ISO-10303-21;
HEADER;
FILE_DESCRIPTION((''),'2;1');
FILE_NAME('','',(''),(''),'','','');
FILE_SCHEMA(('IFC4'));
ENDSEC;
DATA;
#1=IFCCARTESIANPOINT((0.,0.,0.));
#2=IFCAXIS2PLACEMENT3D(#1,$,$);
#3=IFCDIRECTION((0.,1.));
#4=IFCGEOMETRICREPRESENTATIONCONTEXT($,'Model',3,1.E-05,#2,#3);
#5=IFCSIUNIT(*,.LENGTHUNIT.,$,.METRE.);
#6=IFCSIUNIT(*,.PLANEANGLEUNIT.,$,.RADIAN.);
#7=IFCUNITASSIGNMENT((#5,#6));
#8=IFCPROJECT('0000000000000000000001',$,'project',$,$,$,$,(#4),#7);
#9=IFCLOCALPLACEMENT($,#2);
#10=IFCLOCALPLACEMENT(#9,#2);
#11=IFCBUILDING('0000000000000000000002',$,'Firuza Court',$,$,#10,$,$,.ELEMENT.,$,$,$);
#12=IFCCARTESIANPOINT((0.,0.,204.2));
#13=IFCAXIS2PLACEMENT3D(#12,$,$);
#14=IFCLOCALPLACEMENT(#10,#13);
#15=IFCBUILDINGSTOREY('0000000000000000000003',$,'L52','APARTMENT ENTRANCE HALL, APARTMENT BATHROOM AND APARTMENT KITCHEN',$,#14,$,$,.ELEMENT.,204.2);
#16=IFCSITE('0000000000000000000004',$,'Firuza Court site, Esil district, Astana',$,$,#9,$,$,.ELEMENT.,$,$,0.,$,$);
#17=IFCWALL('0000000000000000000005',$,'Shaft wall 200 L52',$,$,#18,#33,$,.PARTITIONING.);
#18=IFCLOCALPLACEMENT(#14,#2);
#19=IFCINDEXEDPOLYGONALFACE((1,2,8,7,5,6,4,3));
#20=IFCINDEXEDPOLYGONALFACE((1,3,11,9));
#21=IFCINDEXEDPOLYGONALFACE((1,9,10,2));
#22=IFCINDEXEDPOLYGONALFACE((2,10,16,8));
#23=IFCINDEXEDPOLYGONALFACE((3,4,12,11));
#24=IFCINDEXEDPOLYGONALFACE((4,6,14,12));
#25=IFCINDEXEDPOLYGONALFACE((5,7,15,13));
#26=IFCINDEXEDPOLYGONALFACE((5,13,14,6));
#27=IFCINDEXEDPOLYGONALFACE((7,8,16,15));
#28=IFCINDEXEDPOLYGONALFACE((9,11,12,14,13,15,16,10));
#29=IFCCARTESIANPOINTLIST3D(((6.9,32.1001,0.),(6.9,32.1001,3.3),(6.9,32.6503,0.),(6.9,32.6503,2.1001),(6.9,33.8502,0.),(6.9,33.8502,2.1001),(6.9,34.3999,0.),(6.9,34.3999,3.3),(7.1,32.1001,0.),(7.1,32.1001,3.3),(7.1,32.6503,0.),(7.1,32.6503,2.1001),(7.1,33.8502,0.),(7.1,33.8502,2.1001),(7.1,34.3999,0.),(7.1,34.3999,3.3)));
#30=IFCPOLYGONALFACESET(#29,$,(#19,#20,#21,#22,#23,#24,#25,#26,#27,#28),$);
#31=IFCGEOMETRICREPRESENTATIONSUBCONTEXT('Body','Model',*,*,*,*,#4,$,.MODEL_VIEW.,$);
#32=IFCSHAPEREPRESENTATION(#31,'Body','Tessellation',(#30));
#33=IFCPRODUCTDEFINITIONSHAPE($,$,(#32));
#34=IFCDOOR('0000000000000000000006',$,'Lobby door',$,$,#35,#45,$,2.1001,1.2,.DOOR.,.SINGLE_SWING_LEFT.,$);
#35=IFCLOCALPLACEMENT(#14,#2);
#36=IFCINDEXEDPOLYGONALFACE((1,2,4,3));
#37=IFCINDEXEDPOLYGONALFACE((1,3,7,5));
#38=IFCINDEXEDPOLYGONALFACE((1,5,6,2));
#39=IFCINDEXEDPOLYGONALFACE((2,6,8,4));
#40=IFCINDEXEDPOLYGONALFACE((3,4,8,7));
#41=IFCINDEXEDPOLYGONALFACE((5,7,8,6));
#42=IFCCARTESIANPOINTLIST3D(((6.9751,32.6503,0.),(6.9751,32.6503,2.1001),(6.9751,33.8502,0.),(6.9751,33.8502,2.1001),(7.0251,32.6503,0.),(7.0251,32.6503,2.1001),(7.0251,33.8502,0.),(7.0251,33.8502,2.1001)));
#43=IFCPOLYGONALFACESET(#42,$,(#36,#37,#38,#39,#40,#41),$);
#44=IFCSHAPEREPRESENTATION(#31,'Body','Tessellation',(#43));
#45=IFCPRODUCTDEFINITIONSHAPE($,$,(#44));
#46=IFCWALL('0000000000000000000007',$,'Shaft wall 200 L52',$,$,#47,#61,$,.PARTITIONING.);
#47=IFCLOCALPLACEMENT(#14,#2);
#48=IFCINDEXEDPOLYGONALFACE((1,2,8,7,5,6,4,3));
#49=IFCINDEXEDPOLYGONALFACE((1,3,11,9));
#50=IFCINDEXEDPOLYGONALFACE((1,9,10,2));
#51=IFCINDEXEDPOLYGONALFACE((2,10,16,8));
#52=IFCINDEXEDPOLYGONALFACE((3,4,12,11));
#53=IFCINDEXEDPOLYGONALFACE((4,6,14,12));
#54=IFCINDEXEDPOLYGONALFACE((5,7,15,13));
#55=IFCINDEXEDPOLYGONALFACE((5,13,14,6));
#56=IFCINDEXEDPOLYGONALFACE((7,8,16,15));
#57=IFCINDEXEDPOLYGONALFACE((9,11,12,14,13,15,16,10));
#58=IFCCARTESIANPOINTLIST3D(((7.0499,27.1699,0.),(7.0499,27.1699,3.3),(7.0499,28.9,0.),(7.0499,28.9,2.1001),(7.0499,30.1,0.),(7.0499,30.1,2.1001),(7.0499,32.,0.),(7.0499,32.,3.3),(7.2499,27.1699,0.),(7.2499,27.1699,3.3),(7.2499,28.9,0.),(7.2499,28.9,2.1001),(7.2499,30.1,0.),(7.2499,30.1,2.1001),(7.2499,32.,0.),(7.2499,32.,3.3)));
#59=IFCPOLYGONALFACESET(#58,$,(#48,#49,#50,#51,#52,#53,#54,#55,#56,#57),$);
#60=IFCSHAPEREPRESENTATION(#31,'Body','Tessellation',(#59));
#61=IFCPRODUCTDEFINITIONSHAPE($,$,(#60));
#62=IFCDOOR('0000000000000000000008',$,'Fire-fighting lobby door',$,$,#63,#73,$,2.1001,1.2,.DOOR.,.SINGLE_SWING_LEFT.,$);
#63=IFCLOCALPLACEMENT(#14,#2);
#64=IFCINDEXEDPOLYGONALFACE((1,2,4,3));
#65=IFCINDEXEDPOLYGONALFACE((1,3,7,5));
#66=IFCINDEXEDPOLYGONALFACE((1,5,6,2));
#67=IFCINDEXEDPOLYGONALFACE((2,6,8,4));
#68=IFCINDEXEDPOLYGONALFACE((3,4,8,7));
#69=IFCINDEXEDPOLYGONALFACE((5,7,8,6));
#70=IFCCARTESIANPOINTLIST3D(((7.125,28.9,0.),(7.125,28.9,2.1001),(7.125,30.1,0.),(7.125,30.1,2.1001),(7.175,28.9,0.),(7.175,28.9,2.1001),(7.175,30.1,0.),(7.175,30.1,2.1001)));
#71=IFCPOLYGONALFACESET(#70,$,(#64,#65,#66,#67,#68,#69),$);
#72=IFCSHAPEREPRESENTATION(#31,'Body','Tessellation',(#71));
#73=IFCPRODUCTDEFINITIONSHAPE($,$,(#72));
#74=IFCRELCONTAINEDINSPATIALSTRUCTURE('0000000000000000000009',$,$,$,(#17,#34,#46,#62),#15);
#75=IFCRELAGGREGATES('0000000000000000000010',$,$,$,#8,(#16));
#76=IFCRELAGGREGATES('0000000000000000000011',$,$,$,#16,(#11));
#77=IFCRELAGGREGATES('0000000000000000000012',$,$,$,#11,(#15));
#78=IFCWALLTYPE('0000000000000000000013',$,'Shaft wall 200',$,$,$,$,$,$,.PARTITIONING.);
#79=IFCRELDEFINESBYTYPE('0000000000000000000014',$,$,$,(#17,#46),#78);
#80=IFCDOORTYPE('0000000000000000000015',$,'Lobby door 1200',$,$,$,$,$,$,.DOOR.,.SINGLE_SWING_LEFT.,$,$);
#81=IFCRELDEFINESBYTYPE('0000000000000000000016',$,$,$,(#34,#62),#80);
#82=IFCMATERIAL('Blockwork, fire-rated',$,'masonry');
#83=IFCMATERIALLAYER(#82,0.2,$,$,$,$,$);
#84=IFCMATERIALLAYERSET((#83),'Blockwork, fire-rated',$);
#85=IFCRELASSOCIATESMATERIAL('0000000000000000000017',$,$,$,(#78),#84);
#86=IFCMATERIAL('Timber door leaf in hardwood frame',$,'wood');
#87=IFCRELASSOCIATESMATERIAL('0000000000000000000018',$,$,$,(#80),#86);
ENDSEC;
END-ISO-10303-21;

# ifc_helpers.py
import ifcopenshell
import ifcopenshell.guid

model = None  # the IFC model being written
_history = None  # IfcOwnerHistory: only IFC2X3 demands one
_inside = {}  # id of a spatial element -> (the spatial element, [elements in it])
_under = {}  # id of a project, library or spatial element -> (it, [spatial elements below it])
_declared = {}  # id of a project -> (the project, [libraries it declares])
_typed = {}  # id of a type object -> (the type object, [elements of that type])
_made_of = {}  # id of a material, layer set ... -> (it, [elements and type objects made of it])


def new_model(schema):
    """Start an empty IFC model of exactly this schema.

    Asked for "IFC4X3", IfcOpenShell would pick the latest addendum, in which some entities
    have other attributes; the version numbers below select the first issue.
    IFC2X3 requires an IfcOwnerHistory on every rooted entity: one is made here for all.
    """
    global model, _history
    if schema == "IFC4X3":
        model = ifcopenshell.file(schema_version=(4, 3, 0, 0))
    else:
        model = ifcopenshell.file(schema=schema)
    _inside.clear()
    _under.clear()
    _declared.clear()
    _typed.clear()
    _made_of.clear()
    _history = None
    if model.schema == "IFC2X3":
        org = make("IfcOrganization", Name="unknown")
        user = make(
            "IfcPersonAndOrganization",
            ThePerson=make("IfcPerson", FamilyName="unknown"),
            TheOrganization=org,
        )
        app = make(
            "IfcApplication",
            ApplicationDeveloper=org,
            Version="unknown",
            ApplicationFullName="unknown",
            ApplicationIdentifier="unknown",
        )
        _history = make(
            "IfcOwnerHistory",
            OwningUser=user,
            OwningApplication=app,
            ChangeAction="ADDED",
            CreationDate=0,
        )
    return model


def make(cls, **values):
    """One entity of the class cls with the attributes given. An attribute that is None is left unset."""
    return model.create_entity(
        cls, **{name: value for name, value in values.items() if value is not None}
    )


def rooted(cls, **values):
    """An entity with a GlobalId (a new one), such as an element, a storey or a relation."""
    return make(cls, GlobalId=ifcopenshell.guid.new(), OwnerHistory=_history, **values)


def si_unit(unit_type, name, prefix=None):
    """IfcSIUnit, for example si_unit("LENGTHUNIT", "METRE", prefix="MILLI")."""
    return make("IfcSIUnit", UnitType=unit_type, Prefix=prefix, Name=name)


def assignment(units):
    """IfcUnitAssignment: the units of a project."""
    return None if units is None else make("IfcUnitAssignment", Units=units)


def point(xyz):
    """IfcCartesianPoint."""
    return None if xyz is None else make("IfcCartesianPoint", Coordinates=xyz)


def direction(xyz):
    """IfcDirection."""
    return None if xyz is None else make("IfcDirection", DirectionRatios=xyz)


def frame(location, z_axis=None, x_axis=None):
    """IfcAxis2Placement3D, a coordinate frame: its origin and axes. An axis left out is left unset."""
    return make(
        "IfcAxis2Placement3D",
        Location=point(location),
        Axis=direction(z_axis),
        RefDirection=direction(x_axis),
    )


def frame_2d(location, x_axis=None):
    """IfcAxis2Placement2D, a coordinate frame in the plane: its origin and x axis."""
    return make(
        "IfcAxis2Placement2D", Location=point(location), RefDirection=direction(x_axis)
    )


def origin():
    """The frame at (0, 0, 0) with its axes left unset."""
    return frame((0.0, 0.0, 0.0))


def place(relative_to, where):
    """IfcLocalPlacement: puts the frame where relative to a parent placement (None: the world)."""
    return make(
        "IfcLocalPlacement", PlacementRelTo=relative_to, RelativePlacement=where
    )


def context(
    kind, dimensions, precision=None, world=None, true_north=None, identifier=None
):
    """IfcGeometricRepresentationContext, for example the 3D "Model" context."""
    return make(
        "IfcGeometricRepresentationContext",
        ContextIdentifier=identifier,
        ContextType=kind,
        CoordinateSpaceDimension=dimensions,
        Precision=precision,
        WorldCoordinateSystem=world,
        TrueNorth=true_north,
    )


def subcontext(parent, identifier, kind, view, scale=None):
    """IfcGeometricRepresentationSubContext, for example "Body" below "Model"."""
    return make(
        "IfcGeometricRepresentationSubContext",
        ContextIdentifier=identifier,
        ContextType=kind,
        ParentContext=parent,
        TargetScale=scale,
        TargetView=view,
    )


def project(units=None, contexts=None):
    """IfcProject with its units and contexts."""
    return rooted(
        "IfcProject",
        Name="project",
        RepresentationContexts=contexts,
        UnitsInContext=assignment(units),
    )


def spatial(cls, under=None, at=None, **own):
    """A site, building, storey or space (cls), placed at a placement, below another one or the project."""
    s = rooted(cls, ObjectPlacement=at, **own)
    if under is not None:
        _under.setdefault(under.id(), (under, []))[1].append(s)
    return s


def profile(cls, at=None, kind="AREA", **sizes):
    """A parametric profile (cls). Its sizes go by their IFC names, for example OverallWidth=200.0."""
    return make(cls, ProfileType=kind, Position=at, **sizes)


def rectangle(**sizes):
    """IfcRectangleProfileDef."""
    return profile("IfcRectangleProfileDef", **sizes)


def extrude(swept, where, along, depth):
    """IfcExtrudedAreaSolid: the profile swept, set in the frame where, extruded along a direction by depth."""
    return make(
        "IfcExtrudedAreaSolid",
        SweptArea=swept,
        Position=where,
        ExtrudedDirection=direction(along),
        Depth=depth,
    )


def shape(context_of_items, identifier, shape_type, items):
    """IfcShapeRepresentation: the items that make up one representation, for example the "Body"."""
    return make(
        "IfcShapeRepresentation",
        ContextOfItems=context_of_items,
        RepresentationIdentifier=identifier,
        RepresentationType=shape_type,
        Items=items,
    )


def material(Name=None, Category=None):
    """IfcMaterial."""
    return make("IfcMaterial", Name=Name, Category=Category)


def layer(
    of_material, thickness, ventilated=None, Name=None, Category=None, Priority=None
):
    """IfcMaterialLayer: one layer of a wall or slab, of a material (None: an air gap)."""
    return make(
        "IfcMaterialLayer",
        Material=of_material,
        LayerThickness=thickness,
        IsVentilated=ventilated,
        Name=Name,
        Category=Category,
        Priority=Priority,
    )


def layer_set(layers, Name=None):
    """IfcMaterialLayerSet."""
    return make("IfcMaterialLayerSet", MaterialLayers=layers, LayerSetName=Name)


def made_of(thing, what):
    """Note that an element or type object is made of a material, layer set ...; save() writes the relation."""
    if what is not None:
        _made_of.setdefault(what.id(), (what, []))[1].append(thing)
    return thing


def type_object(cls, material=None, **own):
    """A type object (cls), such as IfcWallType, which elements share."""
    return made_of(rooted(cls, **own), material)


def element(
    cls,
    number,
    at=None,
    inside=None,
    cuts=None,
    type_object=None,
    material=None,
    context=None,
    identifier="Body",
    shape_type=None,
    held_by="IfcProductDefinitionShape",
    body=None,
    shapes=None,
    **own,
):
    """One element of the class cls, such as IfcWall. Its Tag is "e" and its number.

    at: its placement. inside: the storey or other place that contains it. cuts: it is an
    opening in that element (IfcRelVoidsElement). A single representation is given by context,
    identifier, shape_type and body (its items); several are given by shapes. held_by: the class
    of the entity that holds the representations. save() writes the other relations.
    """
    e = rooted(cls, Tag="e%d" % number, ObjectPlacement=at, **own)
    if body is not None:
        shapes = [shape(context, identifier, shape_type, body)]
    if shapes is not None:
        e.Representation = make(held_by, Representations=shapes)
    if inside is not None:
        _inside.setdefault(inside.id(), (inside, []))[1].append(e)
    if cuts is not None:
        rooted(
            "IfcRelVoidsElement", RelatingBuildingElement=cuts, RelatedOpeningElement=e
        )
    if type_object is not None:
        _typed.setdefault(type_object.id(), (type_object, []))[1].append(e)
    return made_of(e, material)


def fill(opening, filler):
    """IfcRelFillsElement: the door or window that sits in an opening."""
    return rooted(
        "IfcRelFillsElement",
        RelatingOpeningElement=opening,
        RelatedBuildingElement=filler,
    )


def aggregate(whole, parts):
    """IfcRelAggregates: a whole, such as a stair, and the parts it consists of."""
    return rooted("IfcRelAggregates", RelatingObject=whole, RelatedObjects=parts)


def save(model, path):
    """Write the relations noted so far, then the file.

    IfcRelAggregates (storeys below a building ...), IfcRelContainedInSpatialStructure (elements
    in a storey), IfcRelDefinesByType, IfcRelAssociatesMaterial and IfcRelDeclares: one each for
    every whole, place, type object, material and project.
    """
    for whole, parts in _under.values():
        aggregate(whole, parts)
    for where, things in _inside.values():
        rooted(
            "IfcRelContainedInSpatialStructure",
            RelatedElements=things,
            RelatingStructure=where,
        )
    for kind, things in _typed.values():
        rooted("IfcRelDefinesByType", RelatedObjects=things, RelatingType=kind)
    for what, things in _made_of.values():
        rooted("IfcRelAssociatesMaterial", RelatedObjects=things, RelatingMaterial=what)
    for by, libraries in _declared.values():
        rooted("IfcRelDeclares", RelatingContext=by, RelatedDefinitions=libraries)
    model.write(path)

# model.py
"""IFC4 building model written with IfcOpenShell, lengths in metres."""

from ifc_helpers import new_model, si_unit, direction, frame, frame_2d, origin, place, context, subcontext, project, spatial, rectangle, extrude, material, layer, layer_set, type_object, element, fill, save


model = new_model("IFC4")

# Units and contexts
model_context = context("Model", 3, precision=1e-05, world=origin(), true_north=direction((0.0, 1.0)))
body_context = subcontext(model_context, "Body", "Model", "MODEL_VIEW")
ifc_project = project(units=[si_unit("LENGTHUNIT", "METRE"), si_unit("PLANEANGLEUNIT", "RADIAN")], contexts=[model_context])

# Site, building, storey
site_placement = place(None, origin())
site = spatial("IfcSite", under=ifc_project, at=site_placement, Name="Firuza Court site, Esil district, Astana", CompositionType="ELEMENT", RefElevation=0.0)
building_placement = place(site_placement, origin())
building = spatial("IfcBuilding", under=site, at=building_placement, Name="Firuza Court", CompositionType="ELEMENT")
storey_placement = place(building_placement, frame((0.0, 0.0, 204.2)))
storey = spatial("IfcBuildingStorey", under=building, at=storey_placement, Name="L52", Description="APARTMENT ENTRANCE HALL, APARTMENT BATHROOM AND APARTMENT KITCHEN", CompositionType="ELEMENT", Elevation=204.2)

# Shared definitions
ifc_material_1 = material(Name="Blockwork, fire-rated", Category="masonry")
ifc_layer_1 = layer(ifc_material_1, 0.2)
ifc_layer_set_1 = layer_set([ifc_layer_1], Name="Blockwork, fire-rated")
wall_type_1 = type_object("IfcWallType", Name="Shaft wall 200", PredefinedType="PARTITIONING", material=ifc_layer_set_1)

# Shared definitions
ifc_material_2 = material(Name="Timber door leaf in hardwood frame", Category="wood")
door_type = type_object("IfcDoorType", Name="Lobby door 1200", OperationType="SINGLE_SWING_LEFT", PredefinedType="DOOR", material=ifc_material_2)

# Walls, openings, doors
wall_1_placement = place(storey_placement, frame((7.0, 32.1001, 0.0), z_axis=(0.0, 0.0, 1.0), x_axis=(0.0, 1.0, 0.0)))
wall_1 = element("IfcWall", 1, at=wall_1_placement, inside=storey, type_object=wall_type_1, Name="Shaft wall 200 L52", PredefinedType="PARTITIONING", context=body_context, shape_type="SweptSolid", body=[
    extrude(rectangle(XDim=2.2998, YDim=0.2, at=frame_2d((1.1499, 0.0))), origin(), (0.0, 0.0, 1.0), 3.3),
])
opening_1_placement = place(wall_1_placement, frame((0.55, 0.0, 0.0)))
opening_1 = element("IfcOpeningElement", 2, at=opening_1_placement, cuts=wall_1, PredefinedType="OPENING", context=body_context, shape_type="SweptSolid", body=[
    extrude(rectangle(XDim=1.2, YDim=2.1001, at=frame_2d((0.6001, 1.05))), frame((0.0, 0.1118, 0.0), z_axis=(0.0, -1.0, 0.0), x_axis=(1.0, 0.0, 0.0)), (0.0, 0.0, 1.0), 0.2239),
])
door_1_placement = place(opening_1_placement, origin())
door_1 = element("IfcDoor", 3, at=door_1_placement, inside=storey, type_object=door_type, Name="Lobby door", OperationType="SINGLE_SWING_LEFT", OverallHeight=2.1001, OverallWidth=1.2, PredefinedType="DOOR", context=body_context, shape_type="SweptSolid", body=[
    extrude(rectangle(XDim=1.2, YDim=2.1001, at=frame_2d((0.6001, 1.05))), frame((0.0, 0.0249, 0.0), z_axis=(0.0, -1.0, 0.0), x_axis=(1.0, 0.0, 0.0)), (0.0, 0.0, 1.0), 0.05),
])
fill(opening_1, door_1)
wall_2_placement = place(storey_placement, frame((7.1499, 27.1699, 0.0), z_axis=(0.0, 0.0, 1.0), x_axis=(0.0, 1.0, 0.0)))
wall_2 = element("IfcWall", 4, at=wall_2_placement, inside=storey, type_object=wall_type_1, Name="Shaft wall 200 L52", PredefinedType="PARTITIONING", context=body_context, shape_type="SweptSolid", body=[
    extrude(rectangle(XDim=4.8301, YDim=0.2, at=frame_2d((2.415, 0.0))), origin(), (0.0, 0.0, 1.0), 3.3),
])
opening_2_placement = place(wall_2_placement, frame((1.73, 0.0, 0.0)))
opening_2 = element("IfcOpeningElement", 5, at=opening_2_placement, cuts=wall_2, PredefinedType="OPENING", context=body_context, shape_type="SweptSolid", body=[
    extrude(rectangle(XDim=1.2, YDim=2.1001, at=frame_2d((0.6001, 1.05))), frame((0.0, 0.1118, 0.0), z_axis=(0.0, -1.0, 0.0), x_axis=(1.0, 0.0, 0.0)), (0.0, 0.0, 1.0), 0.2239),
])
door_2_placement = place(opening_2_placement, origin())
door_2 = element("IfcDoor", 6, at=door_2_placement, inside=storey, type_object=door_type, Name="Fire-fighting lobby door", OperationType="SINGLE_SWING_LEFT", OverallHeight=2.1001, OverallWidth=1.2, PredefinedType="DOOR", context=body_context, shape_type="SweptSolid", body=[
    extrude(rectangle(XDim=1.2, YDim=2.1001, at=frame_2d((0.6001, 1.05))), frame((0.0, 0.0249, 0.0), z_axis=(0.0, -1.0, 0.0), x_axis=(1.0, 0.0, 0.0)), (0.0, 0.0, 1.0), 0.05),
])
fill(opening_2, door_2)

save(model, "model.ifc")
